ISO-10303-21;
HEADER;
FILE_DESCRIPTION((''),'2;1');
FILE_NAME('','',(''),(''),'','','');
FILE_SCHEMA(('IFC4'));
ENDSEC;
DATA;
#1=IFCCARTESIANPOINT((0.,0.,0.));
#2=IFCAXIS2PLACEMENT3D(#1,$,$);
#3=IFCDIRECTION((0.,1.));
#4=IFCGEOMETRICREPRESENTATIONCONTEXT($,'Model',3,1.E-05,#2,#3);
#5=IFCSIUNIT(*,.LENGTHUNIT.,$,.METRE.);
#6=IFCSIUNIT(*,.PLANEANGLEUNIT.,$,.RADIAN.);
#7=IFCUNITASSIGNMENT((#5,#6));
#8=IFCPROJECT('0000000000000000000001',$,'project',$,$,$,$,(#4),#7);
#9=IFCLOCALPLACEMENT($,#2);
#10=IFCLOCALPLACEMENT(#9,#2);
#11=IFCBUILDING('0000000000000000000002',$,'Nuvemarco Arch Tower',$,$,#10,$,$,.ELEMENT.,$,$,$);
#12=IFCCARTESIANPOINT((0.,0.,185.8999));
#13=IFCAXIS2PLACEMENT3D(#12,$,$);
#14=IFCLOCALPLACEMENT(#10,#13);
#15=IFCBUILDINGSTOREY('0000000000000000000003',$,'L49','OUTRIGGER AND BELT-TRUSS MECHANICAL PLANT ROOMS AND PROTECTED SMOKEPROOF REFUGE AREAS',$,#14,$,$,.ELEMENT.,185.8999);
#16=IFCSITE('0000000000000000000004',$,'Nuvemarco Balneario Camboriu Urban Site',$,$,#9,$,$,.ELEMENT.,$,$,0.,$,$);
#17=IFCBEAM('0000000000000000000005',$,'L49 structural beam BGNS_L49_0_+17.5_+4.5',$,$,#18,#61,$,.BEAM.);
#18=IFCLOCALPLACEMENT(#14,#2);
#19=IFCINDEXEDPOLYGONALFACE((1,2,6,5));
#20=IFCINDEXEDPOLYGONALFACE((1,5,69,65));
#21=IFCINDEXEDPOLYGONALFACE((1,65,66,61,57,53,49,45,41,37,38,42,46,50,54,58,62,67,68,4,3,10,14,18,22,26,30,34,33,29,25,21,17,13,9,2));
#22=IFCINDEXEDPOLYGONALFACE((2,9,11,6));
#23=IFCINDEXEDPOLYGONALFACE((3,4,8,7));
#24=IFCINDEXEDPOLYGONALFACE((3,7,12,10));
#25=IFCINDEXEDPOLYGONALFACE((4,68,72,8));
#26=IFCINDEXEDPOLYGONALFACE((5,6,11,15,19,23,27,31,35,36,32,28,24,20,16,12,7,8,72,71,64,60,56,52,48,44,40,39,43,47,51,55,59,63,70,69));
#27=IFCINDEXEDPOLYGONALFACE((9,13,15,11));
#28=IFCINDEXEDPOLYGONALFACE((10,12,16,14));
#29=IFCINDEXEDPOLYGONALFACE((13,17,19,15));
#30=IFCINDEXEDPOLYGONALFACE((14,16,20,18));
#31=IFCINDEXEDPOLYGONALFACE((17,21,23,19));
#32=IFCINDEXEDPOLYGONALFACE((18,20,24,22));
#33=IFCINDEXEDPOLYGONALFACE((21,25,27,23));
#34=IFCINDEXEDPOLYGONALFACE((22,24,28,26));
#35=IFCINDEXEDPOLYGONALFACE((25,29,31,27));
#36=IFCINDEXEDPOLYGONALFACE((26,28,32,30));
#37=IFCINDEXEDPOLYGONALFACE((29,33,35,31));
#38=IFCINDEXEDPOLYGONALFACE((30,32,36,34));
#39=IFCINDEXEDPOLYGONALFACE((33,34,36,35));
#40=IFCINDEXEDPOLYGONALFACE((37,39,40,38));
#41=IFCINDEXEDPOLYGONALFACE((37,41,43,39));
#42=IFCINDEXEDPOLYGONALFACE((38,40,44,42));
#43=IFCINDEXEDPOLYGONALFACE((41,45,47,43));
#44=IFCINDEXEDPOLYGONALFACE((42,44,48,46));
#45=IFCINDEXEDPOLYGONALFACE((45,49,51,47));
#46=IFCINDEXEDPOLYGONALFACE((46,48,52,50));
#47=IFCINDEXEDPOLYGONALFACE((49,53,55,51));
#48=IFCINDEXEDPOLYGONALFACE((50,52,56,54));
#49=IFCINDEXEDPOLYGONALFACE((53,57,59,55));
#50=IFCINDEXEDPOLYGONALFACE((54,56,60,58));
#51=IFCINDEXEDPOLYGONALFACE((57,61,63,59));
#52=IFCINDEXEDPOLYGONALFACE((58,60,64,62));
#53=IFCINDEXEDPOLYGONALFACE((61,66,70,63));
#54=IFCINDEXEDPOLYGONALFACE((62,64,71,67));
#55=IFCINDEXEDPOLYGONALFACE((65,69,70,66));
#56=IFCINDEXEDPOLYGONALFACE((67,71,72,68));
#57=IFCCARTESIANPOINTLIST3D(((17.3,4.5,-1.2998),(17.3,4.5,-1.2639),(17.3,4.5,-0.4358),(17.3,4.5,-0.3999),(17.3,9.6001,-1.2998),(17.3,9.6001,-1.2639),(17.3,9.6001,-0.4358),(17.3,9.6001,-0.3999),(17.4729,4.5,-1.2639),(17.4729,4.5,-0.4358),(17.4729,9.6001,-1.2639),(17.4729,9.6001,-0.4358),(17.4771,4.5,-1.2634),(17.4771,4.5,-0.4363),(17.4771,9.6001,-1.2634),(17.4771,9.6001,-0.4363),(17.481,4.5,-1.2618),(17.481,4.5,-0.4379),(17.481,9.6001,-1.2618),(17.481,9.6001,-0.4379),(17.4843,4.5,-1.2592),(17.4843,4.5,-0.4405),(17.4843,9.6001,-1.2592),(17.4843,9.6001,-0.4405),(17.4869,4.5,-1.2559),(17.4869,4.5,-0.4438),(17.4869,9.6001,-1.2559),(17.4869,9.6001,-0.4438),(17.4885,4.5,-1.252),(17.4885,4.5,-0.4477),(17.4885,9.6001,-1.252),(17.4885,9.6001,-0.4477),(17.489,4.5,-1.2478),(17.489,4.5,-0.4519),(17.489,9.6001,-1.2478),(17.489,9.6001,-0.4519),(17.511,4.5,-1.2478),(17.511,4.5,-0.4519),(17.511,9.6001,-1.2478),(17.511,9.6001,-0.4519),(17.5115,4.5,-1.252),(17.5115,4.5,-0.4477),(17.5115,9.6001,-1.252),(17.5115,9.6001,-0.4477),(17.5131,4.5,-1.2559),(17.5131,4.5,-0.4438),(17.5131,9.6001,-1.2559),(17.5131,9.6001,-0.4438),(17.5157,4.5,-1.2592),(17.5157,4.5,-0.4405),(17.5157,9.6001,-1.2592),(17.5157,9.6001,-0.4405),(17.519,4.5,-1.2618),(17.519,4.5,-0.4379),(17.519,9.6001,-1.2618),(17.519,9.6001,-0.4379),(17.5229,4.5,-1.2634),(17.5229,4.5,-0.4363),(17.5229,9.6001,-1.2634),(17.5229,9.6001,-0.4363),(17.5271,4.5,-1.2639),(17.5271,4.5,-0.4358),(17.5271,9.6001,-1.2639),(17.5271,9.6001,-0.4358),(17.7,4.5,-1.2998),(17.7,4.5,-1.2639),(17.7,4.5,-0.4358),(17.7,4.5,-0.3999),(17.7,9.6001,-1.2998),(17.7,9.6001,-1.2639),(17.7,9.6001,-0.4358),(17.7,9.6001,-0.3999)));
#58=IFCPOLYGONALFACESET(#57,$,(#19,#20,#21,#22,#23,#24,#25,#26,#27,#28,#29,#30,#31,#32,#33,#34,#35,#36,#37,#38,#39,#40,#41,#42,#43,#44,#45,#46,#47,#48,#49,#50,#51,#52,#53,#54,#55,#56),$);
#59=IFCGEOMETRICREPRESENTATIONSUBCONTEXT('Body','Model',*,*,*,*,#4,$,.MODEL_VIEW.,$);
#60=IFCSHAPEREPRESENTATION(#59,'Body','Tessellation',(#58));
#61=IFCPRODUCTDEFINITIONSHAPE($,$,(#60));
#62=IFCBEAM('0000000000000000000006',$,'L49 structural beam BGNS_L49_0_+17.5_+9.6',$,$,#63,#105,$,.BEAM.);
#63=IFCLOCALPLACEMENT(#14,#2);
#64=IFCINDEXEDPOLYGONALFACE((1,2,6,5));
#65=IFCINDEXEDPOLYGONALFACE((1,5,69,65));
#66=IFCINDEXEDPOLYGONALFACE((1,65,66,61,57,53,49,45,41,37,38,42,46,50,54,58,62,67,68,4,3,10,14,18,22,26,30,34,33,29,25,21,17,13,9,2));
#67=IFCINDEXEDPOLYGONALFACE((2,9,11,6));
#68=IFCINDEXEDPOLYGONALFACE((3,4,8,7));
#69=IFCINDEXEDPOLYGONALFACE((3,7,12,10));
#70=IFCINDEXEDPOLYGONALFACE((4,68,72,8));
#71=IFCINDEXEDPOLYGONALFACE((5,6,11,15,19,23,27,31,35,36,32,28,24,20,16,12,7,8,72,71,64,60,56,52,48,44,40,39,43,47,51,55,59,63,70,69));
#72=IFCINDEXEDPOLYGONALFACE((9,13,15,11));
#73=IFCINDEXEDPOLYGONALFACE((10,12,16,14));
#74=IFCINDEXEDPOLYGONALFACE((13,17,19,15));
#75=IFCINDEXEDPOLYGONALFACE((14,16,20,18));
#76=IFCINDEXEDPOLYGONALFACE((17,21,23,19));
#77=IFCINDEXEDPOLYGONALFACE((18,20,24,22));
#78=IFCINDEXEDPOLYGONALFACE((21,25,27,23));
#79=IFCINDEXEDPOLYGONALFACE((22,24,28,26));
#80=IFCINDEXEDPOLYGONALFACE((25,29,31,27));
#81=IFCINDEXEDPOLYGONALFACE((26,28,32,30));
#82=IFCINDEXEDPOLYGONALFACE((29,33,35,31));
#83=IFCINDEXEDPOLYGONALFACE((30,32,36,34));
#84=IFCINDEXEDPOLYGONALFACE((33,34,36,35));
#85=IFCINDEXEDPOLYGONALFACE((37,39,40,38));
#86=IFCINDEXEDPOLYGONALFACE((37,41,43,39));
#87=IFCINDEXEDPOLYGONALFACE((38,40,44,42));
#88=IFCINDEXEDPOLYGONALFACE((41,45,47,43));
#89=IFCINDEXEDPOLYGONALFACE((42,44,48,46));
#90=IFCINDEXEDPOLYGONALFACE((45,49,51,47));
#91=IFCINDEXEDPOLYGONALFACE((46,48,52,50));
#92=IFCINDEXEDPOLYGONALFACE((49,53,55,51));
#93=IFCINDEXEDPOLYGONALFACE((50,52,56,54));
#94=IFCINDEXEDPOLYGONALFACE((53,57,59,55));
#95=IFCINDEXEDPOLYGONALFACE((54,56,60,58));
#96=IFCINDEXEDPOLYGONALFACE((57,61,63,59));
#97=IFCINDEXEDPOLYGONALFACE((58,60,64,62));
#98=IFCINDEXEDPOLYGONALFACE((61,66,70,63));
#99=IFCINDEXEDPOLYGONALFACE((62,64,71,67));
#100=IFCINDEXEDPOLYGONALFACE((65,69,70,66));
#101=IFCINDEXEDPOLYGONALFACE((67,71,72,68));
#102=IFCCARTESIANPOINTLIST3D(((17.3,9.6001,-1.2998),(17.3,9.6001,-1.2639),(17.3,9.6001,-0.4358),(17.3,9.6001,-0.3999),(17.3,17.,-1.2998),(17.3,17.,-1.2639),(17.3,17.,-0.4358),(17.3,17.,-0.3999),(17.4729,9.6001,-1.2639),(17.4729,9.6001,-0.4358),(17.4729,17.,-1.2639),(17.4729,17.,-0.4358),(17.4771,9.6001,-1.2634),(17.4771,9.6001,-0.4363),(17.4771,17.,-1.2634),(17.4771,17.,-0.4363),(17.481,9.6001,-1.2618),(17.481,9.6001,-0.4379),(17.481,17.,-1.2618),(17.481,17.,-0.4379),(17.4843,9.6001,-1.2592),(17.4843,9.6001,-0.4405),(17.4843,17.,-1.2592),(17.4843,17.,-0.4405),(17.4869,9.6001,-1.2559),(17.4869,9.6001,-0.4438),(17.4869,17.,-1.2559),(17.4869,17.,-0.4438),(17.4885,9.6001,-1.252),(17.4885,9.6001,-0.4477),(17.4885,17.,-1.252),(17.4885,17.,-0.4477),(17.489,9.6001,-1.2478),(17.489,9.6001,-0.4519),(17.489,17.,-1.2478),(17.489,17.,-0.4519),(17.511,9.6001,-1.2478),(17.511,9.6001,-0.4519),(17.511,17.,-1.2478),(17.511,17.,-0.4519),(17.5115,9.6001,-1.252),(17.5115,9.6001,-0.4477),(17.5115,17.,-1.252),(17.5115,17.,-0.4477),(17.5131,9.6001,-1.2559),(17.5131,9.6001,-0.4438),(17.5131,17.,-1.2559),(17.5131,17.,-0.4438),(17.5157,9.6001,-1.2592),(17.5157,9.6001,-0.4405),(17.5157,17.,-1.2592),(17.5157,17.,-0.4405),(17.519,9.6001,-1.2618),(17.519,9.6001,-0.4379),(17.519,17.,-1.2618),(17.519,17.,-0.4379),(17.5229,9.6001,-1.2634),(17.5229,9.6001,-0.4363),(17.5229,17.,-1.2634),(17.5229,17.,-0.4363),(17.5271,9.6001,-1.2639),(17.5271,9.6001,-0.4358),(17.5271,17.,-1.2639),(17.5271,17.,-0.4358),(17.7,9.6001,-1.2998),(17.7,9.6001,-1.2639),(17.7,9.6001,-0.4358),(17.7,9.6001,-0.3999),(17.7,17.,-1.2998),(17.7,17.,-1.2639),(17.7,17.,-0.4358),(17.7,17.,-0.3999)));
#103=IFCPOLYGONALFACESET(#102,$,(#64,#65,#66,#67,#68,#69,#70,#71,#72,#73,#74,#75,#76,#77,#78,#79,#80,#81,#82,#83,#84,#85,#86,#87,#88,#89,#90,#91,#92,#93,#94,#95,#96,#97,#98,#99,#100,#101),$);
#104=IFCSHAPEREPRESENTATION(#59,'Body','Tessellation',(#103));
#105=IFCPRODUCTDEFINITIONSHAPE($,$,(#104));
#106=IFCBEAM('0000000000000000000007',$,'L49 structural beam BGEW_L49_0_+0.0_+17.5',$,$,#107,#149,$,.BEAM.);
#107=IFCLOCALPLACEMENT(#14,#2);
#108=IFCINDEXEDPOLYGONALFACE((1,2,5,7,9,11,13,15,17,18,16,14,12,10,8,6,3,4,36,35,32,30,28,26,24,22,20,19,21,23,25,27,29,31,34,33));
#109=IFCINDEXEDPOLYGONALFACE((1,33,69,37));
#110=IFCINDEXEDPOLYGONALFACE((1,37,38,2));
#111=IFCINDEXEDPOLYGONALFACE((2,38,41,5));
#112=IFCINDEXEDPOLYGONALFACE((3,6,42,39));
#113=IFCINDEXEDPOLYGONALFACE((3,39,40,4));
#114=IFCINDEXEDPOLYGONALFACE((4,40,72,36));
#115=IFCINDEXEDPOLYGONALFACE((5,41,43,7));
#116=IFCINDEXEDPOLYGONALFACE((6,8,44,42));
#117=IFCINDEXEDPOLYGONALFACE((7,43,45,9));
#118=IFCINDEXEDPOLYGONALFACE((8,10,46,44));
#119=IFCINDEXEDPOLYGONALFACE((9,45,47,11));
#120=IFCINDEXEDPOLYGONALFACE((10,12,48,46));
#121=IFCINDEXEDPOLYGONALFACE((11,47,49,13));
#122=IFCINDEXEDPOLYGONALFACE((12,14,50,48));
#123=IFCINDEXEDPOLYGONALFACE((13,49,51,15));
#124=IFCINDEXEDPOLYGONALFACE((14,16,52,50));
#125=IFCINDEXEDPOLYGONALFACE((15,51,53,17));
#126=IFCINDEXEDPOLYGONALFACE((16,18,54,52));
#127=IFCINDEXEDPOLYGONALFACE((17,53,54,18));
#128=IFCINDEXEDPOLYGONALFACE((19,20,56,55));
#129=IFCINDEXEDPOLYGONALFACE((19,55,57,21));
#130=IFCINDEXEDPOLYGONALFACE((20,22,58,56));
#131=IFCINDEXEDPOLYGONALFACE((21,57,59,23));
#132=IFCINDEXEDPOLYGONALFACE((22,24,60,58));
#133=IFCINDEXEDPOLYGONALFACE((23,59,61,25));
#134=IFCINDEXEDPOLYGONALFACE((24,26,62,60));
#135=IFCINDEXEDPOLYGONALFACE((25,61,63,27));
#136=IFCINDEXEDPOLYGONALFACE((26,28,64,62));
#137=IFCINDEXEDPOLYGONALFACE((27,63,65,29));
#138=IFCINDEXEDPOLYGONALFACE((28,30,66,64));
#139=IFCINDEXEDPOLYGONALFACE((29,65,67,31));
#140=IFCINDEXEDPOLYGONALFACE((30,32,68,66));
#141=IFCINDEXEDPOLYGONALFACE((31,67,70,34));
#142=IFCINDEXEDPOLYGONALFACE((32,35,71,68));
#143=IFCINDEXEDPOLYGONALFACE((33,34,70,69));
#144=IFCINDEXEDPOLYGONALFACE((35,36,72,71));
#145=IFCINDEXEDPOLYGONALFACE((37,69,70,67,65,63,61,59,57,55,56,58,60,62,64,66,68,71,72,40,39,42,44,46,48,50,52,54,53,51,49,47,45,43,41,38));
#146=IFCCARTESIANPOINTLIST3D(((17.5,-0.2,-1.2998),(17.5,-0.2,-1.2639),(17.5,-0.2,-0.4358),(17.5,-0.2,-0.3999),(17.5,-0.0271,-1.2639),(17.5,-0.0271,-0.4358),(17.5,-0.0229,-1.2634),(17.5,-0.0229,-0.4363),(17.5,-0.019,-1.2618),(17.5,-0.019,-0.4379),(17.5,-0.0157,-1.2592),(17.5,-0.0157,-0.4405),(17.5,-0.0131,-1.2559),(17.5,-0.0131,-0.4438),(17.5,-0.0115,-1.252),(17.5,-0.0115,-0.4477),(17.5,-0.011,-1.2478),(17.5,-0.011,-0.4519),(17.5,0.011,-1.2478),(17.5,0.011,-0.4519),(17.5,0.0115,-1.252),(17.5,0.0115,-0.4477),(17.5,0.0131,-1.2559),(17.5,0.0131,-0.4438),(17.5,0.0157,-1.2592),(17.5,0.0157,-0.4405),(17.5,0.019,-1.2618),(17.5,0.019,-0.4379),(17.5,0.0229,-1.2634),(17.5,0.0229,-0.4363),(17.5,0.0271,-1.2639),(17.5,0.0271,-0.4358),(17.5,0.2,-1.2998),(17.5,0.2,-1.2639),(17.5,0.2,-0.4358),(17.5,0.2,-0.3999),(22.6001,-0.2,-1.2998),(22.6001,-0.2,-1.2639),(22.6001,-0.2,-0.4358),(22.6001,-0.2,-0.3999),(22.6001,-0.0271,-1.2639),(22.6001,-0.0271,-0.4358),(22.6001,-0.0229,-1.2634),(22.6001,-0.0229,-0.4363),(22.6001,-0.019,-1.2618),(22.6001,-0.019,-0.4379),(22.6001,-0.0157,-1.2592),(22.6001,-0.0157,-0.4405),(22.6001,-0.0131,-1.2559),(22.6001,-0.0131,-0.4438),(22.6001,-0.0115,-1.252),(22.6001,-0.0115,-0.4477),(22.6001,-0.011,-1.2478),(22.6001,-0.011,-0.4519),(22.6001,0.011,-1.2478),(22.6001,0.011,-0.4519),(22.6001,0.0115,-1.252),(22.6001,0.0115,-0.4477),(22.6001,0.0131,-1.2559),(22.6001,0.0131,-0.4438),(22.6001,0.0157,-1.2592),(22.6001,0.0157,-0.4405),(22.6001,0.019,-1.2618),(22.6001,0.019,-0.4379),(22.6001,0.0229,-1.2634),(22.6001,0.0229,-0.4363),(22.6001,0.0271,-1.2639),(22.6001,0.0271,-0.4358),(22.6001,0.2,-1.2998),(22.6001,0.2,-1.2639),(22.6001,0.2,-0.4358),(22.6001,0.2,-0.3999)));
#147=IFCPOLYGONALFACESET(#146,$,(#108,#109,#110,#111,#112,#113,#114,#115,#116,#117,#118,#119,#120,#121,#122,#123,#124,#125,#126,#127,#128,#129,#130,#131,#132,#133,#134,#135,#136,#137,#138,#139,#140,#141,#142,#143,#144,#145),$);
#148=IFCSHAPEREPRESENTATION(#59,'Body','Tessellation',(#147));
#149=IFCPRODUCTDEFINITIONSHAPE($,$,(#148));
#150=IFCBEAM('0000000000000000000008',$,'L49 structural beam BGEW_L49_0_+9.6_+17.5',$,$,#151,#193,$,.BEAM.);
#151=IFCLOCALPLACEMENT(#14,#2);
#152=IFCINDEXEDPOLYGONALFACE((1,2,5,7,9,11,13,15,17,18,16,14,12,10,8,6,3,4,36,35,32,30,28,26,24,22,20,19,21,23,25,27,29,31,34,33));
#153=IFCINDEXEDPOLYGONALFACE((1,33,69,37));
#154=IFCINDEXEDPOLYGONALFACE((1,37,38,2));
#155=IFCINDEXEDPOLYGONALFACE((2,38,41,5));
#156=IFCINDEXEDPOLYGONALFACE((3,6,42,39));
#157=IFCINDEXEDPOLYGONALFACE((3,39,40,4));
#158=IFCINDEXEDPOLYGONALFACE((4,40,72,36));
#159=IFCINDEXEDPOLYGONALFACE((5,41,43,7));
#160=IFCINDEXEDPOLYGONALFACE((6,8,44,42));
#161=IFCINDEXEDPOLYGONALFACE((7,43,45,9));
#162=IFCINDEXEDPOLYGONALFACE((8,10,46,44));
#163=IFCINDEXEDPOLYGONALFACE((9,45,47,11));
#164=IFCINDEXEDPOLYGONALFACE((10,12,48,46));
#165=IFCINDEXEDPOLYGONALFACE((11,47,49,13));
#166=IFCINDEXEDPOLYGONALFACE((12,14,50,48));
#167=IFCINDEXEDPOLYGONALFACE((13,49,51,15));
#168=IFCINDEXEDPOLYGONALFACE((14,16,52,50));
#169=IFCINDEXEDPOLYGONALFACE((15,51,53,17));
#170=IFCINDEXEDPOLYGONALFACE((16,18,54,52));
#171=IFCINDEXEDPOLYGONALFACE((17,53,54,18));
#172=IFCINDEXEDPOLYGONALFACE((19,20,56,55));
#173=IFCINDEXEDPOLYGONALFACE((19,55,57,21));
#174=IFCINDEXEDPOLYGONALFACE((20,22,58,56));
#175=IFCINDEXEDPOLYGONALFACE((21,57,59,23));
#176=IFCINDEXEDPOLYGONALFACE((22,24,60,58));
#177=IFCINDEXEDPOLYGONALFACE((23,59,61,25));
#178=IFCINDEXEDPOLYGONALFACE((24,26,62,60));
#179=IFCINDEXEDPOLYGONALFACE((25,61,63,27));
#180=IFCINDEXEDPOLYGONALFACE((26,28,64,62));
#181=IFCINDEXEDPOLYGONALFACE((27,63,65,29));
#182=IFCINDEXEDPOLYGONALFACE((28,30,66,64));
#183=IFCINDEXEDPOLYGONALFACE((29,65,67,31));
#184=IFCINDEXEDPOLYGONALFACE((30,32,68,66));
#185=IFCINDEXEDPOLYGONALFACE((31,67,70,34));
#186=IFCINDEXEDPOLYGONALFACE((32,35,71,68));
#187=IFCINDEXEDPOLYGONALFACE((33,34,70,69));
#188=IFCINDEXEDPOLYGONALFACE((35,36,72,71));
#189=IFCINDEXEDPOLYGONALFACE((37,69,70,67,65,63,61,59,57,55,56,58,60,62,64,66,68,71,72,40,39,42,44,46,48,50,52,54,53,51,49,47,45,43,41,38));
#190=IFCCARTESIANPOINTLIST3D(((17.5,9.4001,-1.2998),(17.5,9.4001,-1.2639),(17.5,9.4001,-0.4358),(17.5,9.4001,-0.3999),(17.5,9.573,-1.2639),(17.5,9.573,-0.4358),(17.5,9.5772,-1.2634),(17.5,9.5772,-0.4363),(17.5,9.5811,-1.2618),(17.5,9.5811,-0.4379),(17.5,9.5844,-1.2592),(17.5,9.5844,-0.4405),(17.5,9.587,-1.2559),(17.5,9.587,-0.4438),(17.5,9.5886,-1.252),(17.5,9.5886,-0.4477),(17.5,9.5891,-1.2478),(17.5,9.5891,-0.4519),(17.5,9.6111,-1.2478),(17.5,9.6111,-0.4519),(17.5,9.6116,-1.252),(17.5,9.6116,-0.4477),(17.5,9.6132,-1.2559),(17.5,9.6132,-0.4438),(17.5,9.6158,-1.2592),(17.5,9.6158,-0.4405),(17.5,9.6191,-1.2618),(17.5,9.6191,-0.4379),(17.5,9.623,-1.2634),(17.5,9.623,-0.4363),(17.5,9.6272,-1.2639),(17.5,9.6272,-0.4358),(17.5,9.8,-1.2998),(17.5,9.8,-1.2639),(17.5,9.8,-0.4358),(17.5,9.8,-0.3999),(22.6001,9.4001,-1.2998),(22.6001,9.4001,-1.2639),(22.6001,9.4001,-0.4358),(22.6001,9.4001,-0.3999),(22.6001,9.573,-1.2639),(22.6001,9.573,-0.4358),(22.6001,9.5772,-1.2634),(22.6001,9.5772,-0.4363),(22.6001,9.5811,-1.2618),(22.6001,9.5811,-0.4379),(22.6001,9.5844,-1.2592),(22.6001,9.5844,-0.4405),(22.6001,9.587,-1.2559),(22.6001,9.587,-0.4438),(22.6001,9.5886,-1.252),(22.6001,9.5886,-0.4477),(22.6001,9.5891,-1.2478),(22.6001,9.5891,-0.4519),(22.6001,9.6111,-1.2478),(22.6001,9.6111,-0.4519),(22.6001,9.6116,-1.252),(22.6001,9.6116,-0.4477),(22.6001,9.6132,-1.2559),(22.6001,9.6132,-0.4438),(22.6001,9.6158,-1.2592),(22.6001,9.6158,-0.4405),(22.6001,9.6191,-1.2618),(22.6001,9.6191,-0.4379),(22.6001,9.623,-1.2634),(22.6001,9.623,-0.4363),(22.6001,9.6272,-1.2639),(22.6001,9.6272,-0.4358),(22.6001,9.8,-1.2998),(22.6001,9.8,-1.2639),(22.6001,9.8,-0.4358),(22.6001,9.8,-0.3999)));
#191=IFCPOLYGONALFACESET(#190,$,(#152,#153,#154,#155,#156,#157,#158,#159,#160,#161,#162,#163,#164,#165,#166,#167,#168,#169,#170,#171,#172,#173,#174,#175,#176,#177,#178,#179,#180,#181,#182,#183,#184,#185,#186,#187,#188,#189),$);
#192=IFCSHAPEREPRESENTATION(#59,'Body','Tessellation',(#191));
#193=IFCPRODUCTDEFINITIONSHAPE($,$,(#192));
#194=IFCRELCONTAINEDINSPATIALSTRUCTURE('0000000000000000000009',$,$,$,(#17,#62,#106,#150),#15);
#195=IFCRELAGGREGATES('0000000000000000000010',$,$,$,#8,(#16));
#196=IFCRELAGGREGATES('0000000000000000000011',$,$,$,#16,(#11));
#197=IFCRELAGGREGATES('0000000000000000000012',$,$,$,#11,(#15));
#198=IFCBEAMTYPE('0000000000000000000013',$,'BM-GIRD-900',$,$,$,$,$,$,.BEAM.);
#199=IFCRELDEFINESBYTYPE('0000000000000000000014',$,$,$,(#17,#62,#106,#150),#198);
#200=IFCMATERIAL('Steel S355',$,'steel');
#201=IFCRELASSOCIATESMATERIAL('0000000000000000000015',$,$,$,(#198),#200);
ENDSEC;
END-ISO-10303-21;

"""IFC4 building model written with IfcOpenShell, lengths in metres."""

from ifc_helpers import new_model, si_unit, direction, frame, origin, origin_2d, place, context, subcontext, project, spatial, i_section, extrude, material, material_profile, profile_set, type_object, element, save


model = new_model("IFC4")

# Units and contexts
model_context = context("Model", 3, precision=1e-05, world=origin(), true_north=direction((0.0, 1.0)))
body_context = subcontext(model_context, "Body", "Model", "MODEL_VIEW")
ifc_project = project(units=[si_unit("LENGTHUNIT", "METRE"), si_unit("PLANEANGLEUNIT", "RADIAN")], contexts=[model_context])

# Site, building, storey
site_placement = place(None, origin())
site = spatial("IfcSite", under=ifc_project, at=site_placement, Name="Nuvemarco Balneario Camboriu Urban Site", CompositionType="ELEMENT", RefElevation=0.0)
building_placement = place(site_placement, origin())
building = spatial("IfcBuilding", under=site, at=building_placement, Name="Nuvemarco Arch Tower", CompositionType="ELEMENT")
storey_placement = place(building_placement, frame((0.0, 0.0, 185.8999)))
storey = spatial("IfcBuildingStorey", under=building, at=storey_placement, Name="L49", Description="OUTRIGGER AND BELT-TRUSS MECHANICAL PLANT ROOMS AND PROTECTED SMOKEPROOF REFUGE AREAS", CompositionType="ELEMENT", Elevation=185.8999)

# Shared definitions
ifc_material_1 = material(Name="Steel S355", Category="steel")

# Beams
ifc_material_profile_1 = material_profile(ifc_material_1, i_section(OverallWidth=0.3999, OverallDepth=0.8999, WebThickness=0.022, FlangeThickness=0.0359, FilletRadius=0.0161, at=origin_2d()), Name="PG900x400")
ifc_profile_set_1 = profile_set([ifc_material_profile_1], Name="Steel S355")
beam_type_1 = type_object("IfcBeamType", Name="BM-GIRD-900", PredefinedType="BEAM", material=ifc_profile_set_1)
beam_1_placement = place(storey_placement, frame((17.5, 4.5, -0.8499), z_axis=(0.0, 1.0, 0.0), x_axis=(-1.0, 0.0, 0.0)))
element("IfcBeam", 1, at=beam_1_placement, inside=storey, type_object=beam_type_1, Name="L49 structural beam BGNS_L49_0_+17.5_+4.5", PredefinedType="BEAM", context=body_context, shape_type="SweptSolid", body=[
    extrude(i_section(OverallWidth=0.3999, OverallDepth=0.8999, WebThickness=0.022, FlangeThickness=0.0359, FilletRadius=0.0161, at=origin_2d()), origin(), (0.0, 0.0, 1.0), 5.1001),
])
beam_2_placement = place(storey_placement, frame((17.5, 9.6001, -0.8499), z_axis=(0.0, 1.0, 0.0), x_axis=(-1.0, 0.0, 0.0)))
element("IfcBeam", 2, at=beam_2_placement, inside=storey, type_object=beam_type_1, Name="L49 structural beam BGNS_L49_0_+17.5_+9.6", PredefinedType="BEAM", context=body_context, shape_type="SweptSolid", body=[
    extrude(i_section(OverallWidth=0.3999, OverallDepth=0.8999, WebThickness=0.022, FlangeThickness=0.0359, FilletRadius=0.0161, at=origin_2d()), origin(), (0.0, 0.0, 1.0), 7.3999),
])
for number, where, z_axis, x_axis, name in (
    (3, (17.5, 0.0, -0.8499), (1.0, 0.0, 0.0), (0.0, 1.0, 0.0), "L49 structural beam BGEW_L49_0_+0.0_+17.5"),
    (4, (17.5, 9.6001, -0.8499), (1.0, 0.0, 0.0), (0.0, 1.0, 0.0), "L49 structural beam BGEW_L49_0_+9.6_+17.5"),
):
    element("IfcBeam", number, at=place(storey_placement, frame(where, z_axis=z_axis, x_axis=x_axis)), inside=storey, type_object=beam_type_1, Name=name, PredefinedType="BEAM", context=body_context, shape_type="SweptSolid", body=[
        extrude(i_section(OverallWidth=0.3999, OverallDepth=0.8999, WebThickness=0.022, FlangeThickness=0.0359, FilletRadius=0.0161, at=origin_2d()), origin(), (0.0, 0.0, 1.0), 5.1001),
    ])

save(model, "model.ifc")
